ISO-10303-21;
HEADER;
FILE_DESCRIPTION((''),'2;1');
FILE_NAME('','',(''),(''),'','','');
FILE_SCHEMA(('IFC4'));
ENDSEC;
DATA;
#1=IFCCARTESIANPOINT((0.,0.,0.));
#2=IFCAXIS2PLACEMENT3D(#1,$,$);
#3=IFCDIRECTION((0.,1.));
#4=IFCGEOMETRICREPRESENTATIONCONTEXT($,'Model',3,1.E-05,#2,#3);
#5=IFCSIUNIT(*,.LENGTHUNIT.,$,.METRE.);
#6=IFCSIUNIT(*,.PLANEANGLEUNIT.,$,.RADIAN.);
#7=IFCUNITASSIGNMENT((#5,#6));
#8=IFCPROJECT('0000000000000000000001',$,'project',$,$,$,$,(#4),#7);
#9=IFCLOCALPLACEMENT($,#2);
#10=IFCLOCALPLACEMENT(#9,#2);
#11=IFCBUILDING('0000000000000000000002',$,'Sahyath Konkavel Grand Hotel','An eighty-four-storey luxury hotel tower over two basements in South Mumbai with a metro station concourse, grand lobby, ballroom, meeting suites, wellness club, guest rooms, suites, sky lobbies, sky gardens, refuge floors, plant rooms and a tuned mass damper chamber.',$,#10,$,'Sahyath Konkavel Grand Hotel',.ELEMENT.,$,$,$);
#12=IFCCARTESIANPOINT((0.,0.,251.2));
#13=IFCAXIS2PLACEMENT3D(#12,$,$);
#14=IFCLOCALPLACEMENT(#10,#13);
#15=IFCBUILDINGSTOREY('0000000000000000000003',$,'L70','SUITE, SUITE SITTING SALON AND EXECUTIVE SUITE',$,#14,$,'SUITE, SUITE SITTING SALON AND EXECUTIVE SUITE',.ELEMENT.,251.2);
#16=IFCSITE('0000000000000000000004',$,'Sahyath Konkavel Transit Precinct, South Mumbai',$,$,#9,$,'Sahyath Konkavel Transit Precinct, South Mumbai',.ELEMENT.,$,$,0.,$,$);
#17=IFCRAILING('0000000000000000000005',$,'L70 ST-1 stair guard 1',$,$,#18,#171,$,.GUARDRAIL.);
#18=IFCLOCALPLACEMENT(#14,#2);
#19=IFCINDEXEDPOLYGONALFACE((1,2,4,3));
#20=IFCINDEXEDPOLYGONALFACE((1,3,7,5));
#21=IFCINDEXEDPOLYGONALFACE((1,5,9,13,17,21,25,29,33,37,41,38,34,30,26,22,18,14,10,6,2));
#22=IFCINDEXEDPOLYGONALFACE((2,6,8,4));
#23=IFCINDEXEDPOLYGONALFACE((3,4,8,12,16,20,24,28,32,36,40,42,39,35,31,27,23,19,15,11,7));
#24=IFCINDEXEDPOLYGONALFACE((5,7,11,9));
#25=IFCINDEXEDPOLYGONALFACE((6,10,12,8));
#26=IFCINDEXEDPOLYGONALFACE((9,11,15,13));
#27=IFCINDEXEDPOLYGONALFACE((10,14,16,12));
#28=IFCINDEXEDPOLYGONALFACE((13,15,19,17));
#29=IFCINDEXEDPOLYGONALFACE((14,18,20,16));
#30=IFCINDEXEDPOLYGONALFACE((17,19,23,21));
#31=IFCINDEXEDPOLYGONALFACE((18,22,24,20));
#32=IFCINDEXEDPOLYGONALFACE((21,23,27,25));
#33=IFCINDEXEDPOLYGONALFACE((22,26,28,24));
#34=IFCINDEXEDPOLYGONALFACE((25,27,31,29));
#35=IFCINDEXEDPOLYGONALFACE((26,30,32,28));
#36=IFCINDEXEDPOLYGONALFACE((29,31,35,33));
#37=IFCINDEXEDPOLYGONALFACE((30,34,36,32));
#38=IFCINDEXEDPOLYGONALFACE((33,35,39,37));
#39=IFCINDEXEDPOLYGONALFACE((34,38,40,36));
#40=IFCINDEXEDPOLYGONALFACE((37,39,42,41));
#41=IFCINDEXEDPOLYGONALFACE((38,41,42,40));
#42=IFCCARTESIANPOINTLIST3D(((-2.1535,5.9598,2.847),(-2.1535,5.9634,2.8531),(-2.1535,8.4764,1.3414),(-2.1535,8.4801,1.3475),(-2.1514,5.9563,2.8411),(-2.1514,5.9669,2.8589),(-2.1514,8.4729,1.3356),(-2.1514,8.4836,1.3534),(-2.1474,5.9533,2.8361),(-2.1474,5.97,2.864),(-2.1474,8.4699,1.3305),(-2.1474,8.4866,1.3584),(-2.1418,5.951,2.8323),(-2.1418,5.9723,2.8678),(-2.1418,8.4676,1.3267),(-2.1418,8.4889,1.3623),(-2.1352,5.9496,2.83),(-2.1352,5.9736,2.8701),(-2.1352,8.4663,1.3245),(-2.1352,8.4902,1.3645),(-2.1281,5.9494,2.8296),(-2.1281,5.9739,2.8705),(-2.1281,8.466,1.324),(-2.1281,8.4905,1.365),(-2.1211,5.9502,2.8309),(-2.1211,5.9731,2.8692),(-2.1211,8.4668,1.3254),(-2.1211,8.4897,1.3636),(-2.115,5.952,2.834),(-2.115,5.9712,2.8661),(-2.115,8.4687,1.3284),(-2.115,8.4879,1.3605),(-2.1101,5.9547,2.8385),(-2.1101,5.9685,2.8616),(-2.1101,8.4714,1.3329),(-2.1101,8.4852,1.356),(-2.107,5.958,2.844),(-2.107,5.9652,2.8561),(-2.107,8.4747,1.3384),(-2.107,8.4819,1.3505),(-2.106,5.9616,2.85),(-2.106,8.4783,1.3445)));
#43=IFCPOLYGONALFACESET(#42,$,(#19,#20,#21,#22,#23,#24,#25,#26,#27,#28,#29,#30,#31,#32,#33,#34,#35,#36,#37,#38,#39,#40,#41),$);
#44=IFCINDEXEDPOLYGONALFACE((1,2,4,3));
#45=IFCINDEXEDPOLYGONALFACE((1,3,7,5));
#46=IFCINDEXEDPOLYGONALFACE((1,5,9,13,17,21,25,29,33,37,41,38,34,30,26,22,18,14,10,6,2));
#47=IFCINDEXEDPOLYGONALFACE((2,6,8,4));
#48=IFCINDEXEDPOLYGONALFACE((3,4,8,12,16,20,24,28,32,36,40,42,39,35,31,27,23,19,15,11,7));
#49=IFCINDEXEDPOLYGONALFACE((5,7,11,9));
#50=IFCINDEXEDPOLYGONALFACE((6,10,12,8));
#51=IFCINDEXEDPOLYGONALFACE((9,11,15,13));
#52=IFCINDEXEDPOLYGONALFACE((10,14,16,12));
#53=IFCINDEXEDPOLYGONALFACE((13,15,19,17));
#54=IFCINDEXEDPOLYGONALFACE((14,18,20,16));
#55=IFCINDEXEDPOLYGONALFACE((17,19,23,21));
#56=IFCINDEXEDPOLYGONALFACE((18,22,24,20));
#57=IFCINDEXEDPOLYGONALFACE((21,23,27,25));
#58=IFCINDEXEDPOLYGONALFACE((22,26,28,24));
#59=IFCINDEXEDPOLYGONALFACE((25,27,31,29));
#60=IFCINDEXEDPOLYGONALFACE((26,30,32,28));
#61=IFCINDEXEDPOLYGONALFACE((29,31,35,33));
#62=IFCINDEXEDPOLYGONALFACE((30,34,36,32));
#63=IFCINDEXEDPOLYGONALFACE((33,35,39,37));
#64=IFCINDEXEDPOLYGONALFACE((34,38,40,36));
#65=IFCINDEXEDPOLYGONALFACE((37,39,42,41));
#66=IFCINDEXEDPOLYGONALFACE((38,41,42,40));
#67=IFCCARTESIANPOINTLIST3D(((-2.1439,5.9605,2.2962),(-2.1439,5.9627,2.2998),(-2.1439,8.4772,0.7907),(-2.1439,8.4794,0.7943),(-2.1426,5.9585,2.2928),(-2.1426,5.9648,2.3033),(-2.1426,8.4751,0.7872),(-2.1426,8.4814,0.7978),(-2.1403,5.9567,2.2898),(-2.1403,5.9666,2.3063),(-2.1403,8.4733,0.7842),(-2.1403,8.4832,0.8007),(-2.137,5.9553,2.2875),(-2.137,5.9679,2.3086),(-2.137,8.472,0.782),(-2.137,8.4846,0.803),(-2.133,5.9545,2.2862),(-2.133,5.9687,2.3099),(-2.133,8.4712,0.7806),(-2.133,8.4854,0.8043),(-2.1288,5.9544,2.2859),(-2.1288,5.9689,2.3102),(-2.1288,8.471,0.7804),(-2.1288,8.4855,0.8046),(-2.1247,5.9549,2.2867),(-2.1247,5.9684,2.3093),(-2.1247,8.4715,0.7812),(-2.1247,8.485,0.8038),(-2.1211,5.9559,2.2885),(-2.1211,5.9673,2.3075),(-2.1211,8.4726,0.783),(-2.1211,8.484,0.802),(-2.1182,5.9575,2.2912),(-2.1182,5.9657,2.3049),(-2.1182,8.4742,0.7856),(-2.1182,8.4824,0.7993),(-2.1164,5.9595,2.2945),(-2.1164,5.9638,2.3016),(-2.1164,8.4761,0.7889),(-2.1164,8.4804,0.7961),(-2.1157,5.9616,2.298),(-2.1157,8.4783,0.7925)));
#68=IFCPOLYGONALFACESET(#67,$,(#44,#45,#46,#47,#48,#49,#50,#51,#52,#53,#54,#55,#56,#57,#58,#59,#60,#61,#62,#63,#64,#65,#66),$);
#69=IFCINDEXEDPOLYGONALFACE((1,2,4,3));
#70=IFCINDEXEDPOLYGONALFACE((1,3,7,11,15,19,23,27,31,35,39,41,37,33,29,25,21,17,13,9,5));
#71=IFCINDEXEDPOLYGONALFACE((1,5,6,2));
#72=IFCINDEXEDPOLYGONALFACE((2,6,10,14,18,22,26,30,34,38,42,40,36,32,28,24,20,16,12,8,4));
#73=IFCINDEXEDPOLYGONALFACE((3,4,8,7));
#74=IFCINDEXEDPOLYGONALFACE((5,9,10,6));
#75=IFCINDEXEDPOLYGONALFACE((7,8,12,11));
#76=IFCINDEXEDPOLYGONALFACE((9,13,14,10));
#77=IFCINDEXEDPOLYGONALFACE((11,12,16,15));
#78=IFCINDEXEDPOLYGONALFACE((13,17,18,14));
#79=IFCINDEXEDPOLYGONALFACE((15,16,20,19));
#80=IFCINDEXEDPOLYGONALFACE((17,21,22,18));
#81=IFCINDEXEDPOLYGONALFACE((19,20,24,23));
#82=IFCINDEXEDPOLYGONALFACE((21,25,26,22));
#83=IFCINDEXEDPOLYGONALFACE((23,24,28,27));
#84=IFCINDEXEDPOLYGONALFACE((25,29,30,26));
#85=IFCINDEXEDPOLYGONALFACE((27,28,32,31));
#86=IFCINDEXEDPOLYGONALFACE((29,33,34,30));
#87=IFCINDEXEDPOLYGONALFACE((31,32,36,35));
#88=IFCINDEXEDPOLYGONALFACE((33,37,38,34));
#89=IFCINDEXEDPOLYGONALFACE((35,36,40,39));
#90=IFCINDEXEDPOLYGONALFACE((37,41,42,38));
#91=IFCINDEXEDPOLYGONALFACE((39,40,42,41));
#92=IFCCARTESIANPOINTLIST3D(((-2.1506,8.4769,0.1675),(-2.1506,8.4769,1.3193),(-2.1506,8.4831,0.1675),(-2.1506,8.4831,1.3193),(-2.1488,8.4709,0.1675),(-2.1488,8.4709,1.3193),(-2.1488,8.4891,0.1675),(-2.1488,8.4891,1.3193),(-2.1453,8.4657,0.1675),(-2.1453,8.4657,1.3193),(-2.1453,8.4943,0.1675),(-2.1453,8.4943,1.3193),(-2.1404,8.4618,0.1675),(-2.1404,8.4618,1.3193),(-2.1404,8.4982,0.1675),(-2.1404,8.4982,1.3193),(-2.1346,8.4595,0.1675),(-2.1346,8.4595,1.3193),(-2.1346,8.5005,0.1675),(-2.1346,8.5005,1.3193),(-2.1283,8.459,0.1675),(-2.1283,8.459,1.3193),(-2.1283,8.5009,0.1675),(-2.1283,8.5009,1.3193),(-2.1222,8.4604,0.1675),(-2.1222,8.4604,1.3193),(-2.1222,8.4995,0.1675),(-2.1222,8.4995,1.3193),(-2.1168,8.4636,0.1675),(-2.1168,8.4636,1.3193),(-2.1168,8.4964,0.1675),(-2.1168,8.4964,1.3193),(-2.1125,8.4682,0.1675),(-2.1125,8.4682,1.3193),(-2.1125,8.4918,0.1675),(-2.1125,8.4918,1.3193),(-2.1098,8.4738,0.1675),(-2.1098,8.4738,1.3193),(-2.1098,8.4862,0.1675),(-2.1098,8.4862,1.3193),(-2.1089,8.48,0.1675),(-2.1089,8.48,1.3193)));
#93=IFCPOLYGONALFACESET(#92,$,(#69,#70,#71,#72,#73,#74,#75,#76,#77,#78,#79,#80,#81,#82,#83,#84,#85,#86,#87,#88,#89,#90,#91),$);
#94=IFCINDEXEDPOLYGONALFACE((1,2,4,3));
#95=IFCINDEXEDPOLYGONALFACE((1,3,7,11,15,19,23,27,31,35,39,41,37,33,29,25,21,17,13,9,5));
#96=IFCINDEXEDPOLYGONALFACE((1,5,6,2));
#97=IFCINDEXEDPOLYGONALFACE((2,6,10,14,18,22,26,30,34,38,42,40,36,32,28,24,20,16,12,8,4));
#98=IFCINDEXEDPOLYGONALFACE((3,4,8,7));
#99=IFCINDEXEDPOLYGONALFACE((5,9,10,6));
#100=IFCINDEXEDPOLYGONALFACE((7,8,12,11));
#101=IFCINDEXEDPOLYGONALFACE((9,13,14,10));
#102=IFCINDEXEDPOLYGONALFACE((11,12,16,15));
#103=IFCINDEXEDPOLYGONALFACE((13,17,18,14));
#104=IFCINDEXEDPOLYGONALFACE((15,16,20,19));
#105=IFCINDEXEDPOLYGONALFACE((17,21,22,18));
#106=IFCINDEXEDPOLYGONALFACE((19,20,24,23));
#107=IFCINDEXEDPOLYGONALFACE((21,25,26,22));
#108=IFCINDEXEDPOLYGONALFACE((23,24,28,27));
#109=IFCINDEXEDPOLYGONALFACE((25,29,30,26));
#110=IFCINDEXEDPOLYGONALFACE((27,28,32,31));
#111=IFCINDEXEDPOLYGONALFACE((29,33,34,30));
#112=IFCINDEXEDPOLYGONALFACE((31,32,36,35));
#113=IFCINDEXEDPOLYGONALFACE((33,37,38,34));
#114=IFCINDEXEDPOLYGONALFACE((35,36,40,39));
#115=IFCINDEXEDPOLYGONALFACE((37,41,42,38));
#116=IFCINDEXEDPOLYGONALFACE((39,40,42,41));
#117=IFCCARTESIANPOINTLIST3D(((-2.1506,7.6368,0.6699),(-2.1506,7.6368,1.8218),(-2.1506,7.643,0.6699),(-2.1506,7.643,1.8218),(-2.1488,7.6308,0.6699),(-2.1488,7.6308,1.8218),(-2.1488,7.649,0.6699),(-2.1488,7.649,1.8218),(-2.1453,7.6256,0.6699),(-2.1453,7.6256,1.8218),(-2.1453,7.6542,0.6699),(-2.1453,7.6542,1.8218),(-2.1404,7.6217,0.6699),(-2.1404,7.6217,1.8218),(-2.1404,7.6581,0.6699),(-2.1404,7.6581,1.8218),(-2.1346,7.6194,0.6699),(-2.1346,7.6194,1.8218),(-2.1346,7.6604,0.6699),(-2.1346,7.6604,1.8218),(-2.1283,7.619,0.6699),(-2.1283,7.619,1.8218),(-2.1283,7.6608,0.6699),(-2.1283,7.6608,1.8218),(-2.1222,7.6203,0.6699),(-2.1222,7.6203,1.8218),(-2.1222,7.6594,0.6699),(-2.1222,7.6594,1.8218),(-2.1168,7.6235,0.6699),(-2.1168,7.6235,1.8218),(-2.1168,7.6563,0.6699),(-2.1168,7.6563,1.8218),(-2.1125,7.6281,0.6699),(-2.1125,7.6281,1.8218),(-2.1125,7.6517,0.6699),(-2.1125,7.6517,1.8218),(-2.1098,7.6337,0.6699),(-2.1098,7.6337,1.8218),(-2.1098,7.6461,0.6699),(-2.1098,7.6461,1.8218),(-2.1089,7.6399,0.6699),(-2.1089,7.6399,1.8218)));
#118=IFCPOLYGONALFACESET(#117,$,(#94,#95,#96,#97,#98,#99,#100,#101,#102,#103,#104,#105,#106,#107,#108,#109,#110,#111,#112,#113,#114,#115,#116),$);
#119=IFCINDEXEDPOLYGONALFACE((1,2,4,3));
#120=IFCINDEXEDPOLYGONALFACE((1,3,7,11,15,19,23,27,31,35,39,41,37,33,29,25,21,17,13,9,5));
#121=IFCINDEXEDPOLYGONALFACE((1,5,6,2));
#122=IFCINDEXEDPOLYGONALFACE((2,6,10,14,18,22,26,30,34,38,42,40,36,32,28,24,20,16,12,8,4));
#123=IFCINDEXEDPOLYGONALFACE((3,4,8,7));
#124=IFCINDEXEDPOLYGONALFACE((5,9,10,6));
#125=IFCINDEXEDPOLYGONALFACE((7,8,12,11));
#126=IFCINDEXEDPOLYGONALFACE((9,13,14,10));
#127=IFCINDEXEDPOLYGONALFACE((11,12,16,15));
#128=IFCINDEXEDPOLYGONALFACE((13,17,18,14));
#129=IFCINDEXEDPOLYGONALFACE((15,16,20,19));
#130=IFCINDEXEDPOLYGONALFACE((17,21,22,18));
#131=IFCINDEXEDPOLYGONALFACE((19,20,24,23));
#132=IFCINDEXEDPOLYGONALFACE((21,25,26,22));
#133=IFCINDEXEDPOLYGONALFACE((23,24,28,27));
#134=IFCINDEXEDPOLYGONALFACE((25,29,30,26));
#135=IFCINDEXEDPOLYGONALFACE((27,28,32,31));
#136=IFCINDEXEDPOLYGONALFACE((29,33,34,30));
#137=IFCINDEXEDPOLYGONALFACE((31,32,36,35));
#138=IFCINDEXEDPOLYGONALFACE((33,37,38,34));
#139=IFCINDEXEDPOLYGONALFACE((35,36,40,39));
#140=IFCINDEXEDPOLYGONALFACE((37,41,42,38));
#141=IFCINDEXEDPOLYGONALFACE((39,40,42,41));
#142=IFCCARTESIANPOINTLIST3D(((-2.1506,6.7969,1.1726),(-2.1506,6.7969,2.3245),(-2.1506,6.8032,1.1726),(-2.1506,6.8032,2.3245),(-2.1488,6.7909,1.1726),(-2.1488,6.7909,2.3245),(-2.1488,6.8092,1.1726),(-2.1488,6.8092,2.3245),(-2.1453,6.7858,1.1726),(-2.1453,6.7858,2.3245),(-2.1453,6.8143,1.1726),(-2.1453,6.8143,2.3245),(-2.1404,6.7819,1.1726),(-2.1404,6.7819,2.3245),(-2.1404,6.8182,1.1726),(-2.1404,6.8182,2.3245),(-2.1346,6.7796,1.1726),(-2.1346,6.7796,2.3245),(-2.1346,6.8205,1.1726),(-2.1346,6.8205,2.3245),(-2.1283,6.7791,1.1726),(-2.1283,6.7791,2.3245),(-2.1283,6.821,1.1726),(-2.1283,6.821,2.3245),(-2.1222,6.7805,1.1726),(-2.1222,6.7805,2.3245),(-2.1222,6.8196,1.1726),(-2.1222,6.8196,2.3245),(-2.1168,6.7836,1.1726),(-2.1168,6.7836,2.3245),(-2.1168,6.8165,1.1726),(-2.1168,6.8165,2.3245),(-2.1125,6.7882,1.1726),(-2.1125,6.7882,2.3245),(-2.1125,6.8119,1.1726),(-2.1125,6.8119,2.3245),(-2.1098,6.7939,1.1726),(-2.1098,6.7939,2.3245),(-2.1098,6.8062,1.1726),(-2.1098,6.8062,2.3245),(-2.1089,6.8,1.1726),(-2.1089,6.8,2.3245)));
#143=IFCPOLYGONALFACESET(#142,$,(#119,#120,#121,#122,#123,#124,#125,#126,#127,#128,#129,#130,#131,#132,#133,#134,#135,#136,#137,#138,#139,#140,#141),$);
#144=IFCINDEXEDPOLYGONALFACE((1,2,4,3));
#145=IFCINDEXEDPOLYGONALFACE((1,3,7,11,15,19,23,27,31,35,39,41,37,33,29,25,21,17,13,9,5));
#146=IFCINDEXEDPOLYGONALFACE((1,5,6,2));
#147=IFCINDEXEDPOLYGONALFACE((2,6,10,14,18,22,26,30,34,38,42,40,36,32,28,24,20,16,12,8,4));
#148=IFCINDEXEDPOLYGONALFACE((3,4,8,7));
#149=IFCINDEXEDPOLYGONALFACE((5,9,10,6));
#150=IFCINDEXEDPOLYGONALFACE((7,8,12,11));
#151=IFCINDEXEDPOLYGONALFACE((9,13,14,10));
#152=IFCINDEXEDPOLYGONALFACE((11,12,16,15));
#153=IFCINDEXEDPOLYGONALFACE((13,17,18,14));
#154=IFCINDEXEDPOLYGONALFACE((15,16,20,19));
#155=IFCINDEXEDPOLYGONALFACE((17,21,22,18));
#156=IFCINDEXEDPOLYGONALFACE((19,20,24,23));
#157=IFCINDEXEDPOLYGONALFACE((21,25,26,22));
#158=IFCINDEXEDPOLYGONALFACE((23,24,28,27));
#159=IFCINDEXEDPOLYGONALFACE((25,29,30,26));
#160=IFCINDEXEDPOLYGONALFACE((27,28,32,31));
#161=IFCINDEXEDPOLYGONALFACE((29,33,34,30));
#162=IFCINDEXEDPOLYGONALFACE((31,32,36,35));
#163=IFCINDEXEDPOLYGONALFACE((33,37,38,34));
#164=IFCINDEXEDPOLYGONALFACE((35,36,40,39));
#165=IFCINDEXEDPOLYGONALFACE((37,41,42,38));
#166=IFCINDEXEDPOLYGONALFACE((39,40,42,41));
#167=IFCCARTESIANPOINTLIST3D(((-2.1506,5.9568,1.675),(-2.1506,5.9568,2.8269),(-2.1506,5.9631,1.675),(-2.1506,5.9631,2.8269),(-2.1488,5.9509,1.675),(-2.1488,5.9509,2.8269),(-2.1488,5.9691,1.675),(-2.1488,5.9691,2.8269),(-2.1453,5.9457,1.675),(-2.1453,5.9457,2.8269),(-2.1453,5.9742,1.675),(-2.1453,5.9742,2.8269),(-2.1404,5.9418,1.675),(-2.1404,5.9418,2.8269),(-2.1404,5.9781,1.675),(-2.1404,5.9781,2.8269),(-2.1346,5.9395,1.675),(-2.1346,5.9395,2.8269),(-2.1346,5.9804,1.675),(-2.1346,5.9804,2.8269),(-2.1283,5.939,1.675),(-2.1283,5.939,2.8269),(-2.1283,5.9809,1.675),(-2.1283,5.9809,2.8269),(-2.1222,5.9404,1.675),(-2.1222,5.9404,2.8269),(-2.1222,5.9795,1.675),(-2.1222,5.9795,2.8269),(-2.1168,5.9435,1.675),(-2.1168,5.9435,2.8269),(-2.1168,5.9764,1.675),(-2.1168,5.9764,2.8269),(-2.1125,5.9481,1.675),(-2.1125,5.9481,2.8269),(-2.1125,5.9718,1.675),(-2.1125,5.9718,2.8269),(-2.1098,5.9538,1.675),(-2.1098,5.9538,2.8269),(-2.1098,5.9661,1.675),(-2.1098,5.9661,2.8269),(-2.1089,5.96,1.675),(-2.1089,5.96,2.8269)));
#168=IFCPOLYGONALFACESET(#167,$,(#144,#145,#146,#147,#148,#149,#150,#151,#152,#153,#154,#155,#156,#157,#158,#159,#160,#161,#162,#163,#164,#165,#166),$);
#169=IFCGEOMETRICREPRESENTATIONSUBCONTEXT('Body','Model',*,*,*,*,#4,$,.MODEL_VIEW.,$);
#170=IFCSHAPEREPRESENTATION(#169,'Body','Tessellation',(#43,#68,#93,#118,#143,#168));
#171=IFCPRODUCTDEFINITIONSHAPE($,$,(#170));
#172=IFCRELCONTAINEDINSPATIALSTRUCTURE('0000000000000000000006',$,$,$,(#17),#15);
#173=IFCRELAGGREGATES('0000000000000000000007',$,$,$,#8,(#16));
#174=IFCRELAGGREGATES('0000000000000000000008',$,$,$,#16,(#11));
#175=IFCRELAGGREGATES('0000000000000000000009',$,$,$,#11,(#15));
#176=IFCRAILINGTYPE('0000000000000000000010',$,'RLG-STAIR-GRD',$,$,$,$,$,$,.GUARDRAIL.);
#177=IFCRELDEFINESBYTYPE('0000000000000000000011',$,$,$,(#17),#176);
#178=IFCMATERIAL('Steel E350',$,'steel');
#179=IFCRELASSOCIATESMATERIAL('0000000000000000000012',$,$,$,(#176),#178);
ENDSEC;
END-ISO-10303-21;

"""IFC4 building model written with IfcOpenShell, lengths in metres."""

from ifc_helpers import new_model, si_unit, direction, frame, origin, origin_2d, place, context, subcontext, project, spatial, circle, extrude, material, type_object, element, save


model = new_model("IFC4")

# Units and contexts
model_context = context("Model", 3, precision=1e-05, world=origin(), true_north=direction((0.0, 1.0)))
body_context = subcontext(model_context, "Body", "Model", "MODEL_VIEW")
ifc_project = project(units=[si_unit("LENGTHUNIT", "METRE"), si_unit("PLANEANGLEUNIT", "RADIAN")], contexts=[model_context])

# Site, building, storey
site_placement = place(None, origin())
site = spatial("IfcSite", under=ifc_project, at=site_placement, Name="Sahyath Konkavel Transit Precinct, South Mumbai", LongName="Sahyath Konkavel Transit Precinct, South Mumbai", CompositionType="ELEMENT", RefElevation=0.0)
building_placement = place(site_placement, origin())
building = spatial("IfcBuilding", under=site, at=building_placement, Name="Sahyath Konkavel Grand Hotel", Description="An eighty-four-storey luxury hotel tower over two basements in South Mumbai with a metro station concourse, grand lobby, ballroom, meeting suites, wellness club, guest rooms, suites, sky lobbies, sky gardens, refuge floors, plant rooms and a tuned mass damper chamber.", LongName="Sahyath Konkavel Grand Hotel", CompositionType="ELEMENT")
storey_placement = place(building_placement, frame((0.0, 0.0, 251.2)))
storey = spatial("IfcBuildingStorey", under=building, at=storey_placement, Name="L70", Description="SUITE, SUITE SITTING SALON AND EXECUTIVE SUITE", LongName="SUITE, SUITE SITTING SALON AND EXECUTIVE SUITE", CompositionType="ELEMENT", Elevation=251.2)

# Shared definitions
ifc_material_1 = material(Name="Steel E350", Category="steel")

# Railing
railing_type_1 = type_object("IfcRailingType", Name="RLG-STAIR-GRD", PredefinedType="GUARDRAIL", material=ifc_material_1)
railing_1_placement = place(storey_placement, frame((-2.1299, 8.48, 0.1675)))
element("IfcRailing", 1, at=railing_1_placement, inside=storey, type_object=railing_type_1, Name="L70 ST-1 stair guard 1", PredefinedType="GUARDRAIL", context=body_context, shape_type="SweptSolid", body=[
    extrude(circle(Radius=0.0239, at=origin_2d()), frame((0.0, -0.0017, 1.177), z_axis=(0.0, -0.85816, 0.513383), x_axis=(1.0, 0.0, 0.0)), (0.0, 0.0, 1.0), 2.9326),
    extrude(circle(Radius=0.0142, at=origin_2d()), frame((0.0, -0.0017, 0.625), z_axis=(0.0, -0.85816, 0.513383), x_axis=(1.0, 0.0, 0.0)), (0.0, 0.0, 1.0), 2.9326),
    extrude(circle(Radius=0.021, at=origin_2d()), origin(), (0.0, 0.0, 1.0), 1.1519),
    extrude(circle(Radius=0.021, at=origin_2d()), frame((0.0, -0.8401, 0.5024)), (0.0, 0.0, 1.0), 1.1519),
    extrude(circle(Radius=0.021, at=origin_2d()), frame((0.0, -1.6799, 1.0051)), (0.0, 0.0, 1.0), 1.1519),
    extrude(circle(Radius=0.021, at=origin_2d()), frame((0.0, -2.52, 1.5076)), (0.0, 0.0, 1.0), 1.1519),
])

save(model, "model.ifc")
